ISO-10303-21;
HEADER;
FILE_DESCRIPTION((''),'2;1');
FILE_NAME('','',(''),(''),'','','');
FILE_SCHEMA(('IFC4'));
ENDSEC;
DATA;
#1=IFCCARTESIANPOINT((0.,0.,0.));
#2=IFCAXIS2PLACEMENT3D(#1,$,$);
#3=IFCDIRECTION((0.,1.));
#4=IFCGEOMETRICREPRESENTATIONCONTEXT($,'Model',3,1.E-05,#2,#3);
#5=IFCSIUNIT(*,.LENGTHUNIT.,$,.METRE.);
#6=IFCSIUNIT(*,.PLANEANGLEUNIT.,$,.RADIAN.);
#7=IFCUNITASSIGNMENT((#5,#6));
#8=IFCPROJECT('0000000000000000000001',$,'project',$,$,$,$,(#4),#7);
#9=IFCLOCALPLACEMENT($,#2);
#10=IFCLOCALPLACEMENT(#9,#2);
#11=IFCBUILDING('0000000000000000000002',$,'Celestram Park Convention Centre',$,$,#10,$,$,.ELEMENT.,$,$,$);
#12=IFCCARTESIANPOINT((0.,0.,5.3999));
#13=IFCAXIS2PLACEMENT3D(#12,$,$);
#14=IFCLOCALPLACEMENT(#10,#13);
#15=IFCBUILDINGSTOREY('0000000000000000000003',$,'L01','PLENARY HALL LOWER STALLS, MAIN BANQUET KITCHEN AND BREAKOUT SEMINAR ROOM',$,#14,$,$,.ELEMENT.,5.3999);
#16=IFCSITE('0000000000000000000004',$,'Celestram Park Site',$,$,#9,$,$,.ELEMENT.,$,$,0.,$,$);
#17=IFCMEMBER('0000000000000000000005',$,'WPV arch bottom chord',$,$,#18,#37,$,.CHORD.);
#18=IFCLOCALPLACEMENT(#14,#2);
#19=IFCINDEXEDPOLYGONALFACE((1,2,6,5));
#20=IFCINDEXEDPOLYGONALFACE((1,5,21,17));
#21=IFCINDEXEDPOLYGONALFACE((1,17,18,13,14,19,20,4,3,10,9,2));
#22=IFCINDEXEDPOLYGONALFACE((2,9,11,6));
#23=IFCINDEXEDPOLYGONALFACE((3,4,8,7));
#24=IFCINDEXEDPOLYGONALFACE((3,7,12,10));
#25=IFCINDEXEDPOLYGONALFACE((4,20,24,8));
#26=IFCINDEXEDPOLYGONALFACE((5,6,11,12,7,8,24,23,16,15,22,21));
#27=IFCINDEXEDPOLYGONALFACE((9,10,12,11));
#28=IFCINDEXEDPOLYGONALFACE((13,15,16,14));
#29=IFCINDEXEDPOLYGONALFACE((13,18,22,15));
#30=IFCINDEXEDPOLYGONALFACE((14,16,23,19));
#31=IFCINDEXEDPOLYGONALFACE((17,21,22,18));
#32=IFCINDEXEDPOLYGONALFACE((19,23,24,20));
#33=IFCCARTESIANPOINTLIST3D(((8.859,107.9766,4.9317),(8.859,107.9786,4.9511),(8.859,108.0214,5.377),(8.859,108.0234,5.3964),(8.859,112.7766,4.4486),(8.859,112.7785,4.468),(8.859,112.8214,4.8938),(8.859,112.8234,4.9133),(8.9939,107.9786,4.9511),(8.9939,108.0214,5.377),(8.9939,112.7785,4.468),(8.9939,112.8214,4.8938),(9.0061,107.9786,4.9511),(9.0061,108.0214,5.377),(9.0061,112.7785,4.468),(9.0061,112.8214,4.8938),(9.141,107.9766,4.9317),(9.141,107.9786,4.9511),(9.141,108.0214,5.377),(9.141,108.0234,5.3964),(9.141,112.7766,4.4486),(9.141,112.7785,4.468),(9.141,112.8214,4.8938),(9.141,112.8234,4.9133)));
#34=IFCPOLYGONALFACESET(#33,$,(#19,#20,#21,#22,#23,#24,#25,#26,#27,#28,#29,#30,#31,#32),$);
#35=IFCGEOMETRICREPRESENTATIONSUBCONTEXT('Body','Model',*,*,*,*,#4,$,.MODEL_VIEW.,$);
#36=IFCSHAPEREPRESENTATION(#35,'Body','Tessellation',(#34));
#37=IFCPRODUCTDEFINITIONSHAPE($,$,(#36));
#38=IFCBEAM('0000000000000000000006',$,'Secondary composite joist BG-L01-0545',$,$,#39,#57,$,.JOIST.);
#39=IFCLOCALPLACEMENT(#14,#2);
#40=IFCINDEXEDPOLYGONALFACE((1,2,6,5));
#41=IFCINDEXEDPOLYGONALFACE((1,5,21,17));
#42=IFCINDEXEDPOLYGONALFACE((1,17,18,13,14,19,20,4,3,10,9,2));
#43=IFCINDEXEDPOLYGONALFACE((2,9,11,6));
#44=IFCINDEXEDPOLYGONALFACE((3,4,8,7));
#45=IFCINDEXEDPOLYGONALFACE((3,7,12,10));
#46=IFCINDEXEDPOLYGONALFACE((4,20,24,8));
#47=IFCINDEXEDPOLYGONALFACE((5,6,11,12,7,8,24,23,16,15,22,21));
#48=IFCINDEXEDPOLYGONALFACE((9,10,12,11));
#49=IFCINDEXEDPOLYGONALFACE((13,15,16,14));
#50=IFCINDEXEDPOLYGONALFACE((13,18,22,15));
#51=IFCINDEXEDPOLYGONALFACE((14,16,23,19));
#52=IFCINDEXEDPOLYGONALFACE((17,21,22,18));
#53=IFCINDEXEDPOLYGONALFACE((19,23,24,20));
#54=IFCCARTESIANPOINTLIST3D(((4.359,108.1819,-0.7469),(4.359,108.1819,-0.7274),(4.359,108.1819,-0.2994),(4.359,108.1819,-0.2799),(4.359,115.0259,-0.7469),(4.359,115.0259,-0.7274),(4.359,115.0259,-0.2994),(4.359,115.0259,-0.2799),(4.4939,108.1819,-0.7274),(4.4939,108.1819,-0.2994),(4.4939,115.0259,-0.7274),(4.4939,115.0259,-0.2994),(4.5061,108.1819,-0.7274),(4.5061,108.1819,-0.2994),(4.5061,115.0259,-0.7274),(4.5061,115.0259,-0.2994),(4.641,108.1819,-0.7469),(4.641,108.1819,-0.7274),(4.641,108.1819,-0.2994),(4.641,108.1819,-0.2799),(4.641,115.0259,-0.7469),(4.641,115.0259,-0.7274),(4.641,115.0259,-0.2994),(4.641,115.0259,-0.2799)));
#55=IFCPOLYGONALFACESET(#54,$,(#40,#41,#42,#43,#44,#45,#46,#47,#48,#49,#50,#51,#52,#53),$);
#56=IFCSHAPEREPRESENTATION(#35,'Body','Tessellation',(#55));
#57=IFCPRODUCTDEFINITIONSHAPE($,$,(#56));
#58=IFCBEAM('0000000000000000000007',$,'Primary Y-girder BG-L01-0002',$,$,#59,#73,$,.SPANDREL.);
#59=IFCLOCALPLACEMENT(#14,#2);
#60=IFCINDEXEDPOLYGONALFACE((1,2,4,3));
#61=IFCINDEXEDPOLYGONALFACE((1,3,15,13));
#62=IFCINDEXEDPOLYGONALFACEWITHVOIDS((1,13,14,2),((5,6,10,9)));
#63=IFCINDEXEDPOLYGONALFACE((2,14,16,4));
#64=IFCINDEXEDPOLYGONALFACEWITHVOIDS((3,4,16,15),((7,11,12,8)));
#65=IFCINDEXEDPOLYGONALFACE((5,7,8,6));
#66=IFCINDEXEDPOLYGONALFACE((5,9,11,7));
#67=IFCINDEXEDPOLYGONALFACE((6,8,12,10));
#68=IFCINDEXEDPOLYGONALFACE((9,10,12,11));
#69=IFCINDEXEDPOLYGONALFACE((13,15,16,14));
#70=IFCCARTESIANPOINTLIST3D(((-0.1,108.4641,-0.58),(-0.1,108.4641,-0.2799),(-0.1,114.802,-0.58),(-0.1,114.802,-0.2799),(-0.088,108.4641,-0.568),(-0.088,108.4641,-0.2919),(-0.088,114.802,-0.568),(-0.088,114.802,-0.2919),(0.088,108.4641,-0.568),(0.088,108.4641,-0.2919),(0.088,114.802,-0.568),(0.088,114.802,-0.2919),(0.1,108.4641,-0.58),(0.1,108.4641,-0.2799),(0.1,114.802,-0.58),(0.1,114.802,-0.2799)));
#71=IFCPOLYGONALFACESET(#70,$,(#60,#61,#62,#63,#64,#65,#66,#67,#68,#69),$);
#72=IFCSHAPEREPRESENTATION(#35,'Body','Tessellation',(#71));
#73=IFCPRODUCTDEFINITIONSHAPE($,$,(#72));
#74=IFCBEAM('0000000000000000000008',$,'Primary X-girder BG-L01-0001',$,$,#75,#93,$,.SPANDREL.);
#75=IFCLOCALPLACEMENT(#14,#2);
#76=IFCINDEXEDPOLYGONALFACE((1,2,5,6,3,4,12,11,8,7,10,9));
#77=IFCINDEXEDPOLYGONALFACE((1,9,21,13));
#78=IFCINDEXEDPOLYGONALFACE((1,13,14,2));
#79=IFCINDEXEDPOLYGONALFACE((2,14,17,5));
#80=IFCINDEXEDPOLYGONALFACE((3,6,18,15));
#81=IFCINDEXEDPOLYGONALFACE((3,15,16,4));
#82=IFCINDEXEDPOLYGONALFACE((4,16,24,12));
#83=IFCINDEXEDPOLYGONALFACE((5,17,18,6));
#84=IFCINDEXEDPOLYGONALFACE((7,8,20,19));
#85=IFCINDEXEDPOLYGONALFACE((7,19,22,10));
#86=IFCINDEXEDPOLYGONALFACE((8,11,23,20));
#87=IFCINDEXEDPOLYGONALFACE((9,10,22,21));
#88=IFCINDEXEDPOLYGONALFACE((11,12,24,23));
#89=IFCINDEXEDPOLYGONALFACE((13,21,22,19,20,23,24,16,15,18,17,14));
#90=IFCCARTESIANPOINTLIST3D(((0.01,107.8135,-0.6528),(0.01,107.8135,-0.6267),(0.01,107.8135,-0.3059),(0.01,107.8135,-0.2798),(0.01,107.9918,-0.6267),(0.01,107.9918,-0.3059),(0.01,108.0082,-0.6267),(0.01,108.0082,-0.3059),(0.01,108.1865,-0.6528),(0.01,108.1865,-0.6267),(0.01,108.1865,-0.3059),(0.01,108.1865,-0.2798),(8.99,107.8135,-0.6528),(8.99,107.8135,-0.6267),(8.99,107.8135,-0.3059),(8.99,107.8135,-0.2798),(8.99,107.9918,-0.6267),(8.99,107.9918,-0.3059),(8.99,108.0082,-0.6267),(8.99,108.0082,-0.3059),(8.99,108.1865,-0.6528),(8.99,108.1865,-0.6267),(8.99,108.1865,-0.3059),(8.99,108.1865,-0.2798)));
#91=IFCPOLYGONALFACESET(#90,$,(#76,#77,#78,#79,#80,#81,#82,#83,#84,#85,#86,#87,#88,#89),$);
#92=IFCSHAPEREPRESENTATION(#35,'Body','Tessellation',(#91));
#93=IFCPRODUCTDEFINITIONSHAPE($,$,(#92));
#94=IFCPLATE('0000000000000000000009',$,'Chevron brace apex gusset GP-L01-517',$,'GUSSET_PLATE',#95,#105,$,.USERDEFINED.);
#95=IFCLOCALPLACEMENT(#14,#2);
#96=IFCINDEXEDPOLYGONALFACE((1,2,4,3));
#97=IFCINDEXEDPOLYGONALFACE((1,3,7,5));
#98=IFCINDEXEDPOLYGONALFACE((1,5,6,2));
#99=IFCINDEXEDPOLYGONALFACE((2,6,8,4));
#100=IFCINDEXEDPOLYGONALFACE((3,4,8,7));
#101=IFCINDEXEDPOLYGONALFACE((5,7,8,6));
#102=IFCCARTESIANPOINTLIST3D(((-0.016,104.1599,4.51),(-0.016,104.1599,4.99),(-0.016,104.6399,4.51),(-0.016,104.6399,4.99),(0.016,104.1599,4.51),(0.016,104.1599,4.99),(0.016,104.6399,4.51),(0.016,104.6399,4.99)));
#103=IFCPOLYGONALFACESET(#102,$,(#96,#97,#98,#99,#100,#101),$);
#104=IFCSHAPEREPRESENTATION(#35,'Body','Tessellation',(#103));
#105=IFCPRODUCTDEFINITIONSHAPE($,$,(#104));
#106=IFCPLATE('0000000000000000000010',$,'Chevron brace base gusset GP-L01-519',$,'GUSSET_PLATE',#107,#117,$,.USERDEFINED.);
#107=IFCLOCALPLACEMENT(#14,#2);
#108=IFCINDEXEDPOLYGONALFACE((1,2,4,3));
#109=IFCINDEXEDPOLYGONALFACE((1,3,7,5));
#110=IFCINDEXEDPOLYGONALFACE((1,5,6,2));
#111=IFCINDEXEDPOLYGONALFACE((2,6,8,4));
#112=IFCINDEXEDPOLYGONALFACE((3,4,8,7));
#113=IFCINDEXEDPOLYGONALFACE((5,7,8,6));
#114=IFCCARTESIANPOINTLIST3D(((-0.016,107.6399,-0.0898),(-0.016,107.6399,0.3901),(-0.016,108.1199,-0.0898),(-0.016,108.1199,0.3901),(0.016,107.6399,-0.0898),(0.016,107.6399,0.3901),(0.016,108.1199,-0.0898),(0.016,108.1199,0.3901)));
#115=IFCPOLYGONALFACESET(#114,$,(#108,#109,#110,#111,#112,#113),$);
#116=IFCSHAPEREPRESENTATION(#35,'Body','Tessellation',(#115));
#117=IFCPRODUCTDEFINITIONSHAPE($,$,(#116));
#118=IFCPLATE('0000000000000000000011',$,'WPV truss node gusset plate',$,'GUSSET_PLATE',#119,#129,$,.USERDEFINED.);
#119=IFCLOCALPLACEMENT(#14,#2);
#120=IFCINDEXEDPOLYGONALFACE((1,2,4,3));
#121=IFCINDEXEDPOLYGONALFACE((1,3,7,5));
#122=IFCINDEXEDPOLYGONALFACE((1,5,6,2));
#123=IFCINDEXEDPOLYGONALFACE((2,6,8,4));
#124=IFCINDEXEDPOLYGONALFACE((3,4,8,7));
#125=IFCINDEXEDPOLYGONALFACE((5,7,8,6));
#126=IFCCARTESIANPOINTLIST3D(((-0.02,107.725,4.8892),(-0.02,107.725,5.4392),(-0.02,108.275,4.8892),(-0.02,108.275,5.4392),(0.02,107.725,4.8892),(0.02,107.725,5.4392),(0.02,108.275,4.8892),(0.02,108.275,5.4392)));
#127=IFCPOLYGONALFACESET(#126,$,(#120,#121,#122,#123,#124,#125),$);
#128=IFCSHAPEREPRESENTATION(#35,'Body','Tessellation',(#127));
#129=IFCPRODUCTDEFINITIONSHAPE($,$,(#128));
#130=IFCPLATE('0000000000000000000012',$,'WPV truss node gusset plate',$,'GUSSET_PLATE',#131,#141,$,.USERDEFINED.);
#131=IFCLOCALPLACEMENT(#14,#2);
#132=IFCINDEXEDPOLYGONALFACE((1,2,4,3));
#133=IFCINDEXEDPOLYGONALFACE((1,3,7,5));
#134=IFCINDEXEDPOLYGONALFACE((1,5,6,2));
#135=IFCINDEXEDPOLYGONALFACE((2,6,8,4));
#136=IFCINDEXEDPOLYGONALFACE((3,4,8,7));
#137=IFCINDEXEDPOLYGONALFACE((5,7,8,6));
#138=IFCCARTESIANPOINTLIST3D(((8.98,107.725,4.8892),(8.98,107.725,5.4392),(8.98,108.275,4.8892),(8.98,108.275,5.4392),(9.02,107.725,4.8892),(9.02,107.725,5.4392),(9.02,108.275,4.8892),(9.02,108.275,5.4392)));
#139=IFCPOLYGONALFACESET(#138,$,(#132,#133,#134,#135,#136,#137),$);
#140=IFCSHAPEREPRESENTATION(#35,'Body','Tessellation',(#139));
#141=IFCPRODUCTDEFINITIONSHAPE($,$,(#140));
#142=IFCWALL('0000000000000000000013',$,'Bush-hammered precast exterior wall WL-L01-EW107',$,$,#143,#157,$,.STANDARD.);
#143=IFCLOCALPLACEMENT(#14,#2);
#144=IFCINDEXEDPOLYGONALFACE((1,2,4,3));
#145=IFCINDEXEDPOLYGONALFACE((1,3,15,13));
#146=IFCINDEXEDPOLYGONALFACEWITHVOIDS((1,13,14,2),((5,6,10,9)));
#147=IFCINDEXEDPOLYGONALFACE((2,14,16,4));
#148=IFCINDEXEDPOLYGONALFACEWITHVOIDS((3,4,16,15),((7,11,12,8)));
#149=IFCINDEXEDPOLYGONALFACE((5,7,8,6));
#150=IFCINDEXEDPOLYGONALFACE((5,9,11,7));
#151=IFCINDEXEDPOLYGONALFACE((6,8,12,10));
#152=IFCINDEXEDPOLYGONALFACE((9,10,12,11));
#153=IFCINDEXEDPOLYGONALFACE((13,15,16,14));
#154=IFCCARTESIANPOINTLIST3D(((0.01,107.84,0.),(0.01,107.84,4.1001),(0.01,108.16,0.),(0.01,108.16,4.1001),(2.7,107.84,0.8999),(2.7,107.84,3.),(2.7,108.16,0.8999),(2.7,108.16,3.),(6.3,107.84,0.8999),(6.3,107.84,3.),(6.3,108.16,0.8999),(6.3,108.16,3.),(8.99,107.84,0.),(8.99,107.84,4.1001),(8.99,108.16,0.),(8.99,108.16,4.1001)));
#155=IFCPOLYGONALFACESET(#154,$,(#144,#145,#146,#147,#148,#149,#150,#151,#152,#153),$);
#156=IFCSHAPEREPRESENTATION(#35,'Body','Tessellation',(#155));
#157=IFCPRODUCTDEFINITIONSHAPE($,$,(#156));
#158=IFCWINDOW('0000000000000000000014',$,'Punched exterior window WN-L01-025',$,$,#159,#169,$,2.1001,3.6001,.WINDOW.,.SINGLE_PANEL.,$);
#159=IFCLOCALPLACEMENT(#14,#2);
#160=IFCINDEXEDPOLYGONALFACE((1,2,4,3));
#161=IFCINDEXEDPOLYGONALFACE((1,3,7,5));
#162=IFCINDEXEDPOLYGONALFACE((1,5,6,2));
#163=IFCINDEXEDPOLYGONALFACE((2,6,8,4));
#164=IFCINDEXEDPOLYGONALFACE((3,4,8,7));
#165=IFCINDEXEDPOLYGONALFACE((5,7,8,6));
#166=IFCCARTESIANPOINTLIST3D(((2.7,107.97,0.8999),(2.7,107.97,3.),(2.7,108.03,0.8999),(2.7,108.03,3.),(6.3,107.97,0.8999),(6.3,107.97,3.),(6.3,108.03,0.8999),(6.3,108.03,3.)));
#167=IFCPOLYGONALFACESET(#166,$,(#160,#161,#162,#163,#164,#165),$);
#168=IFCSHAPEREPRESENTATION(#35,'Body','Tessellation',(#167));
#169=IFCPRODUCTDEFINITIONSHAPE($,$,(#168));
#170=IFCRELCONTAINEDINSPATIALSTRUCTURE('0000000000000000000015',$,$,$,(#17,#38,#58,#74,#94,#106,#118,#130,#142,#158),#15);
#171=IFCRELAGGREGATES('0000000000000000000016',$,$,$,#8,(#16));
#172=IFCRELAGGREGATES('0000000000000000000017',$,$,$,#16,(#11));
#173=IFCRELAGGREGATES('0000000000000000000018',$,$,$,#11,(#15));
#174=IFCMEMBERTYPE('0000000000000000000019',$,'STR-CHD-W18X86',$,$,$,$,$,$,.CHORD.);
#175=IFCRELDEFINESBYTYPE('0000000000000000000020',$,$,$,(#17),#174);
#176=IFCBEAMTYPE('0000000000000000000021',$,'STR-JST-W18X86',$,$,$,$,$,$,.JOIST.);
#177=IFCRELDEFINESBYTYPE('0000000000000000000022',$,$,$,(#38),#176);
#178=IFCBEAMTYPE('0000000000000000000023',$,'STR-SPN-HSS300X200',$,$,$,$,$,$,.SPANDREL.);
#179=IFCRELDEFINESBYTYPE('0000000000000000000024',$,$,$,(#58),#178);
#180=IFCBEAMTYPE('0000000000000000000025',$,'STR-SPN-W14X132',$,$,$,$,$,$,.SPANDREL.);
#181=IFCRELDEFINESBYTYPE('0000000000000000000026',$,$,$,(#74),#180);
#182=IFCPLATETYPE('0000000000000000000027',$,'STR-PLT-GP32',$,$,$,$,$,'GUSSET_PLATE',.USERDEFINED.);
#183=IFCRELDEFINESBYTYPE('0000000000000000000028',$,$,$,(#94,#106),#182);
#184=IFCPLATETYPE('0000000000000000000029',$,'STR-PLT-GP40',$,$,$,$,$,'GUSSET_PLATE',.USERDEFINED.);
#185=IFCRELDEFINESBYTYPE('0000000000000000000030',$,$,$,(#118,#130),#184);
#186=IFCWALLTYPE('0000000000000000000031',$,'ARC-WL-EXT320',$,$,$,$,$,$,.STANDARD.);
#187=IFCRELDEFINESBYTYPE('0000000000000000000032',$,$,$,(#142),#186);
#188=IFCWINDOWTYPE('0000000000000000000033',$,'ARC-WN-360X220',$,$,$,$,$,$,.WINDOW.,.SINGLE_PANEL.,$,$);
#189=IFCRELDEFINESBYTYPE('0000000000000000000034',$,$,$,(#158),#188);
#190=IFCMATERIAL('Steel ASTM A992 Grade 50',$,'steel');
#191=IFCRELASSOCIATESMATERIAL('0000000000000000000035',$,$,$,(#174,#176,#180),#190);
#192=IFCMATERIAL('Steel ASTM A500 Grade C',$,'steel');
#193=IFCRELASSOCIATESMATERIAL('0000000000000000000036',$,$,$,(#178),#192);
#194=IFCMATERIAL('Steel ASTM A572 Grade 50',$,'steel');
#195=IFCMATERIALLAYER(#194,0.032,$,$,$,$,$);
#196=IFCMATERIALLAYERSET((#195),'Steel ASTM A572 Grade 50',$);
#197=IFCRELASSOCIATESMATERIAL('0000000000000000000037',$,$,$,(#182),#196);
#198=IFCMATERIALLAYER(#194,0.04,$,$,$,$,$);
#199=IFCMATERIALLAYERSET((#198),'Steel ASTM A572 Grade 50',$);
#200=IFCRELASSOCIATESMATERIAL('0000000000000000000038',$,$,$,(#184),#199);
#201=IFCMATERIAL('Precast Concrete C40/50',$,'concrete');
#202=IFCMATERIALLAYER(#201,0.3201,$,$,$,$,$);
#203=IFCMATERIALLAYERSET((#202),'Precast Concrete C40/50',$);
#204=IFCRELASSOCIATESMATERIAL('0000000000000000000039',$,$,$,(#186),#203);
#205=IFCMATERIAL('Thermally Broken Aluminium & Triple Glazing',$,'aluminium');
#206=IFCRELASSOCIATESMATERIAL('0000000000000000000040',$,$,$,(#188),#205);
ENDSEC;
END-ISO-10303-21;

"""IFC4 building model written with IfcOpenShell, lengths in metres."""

from ifc_helpers import new_model, si_unit, direction, frame, frame_2d, origin, origin_2d, place, context, subcontext, project, spatial, rectangle, hollow_rectangle, i_section, extrude, material, layer, layer_set, material_profile, profile_set, type_object, element, fill, save


model = new_model("IFC4")

# Units and contexts
model_context = context("Model", 3, precision=1e-05, world=origin(), true_north=direction((0.0, 1.0)))
body_context = subcontext(model_context, "Body", "Model", "MODEL_VIEW")
ifc_project = project(units=[si_unit("LENGTHUNIT", "METRE"), si_unit("PLANEANGLEUNIT", "RADIAN")], contexts=[model_context])

# Site, building, storey
site_placement = place(None, origin())
site = spatial("IfcSite", under=ifc_project, at=site_placement, Name="Celestram Park Site", CompositionType="ELEMENT", RefElevation=0.0)
building_placement = place(site_placement, origin())
building = spatial("IfcBuilding", under=site, at=building_placement, Name="Celestram Park Convention Centre", CompositionType="ELEMENT")
storey_placement = place(building_placement, frame((0.0, 0.0, 5.3999)))
storey = spatial("IfcBuildingStorey", under=building, at=storey_placement, Name="L01", Description="PLENARY HALL LOWER STALLS, MAIN BANQUET KITCHEN AND BREAKOUT SEMINAR ROOM", CompositionType="ELEMENT", Elevation=5.3999)

# Shared definitions
ifc_material_1 = material(Name="Steel ASTM A992 Grade 50", Category="steel")

# Member
ifc_material_2 = material(Name="Steel ASTM A500 Grade C", Category="steel")
ifc_material_profile_1 = material_profile(ifc_material_1, i_section(OverallWidth=0.282, OverallDepth=0.467, WebThickness=0.0122, FlangeThickness=0.0195, at=origin_2d()), Name="W18X86")
ifc_profile_set_1 = profile_set([ifc_material_profile_1], Name="Steel ASTM A992 Grade 50")
member_type_1 = type_object("IfcMemberType", Name="STR-CHD-W18X86", PredefinedType="CHORD", material=ifc_profile_set_1)
for number, where, z_axis, x_axis, name in (
    (1, (9.0, 108.0, 5.1641), (0.0, 0.994972, -0.10015), (-1.0, 0.0, 0.0), "WPV arch bottom chord"),
):
    element("IfcMember", number, at=place(storey_placement, frame(where, z_axis=z_axis, x_axis=x_axis)), inside=storey, type_object=member_type_1, Name=name, PredefinedType="CHORD", context=body_context, shape_type="SweptSolid", body=[
        extrude(i_section(OverallWidth=0.282, OverallDepth=0.467, WebThickness=0.0122, FlangeThickness=0.0195, at=origin_2d()), origin(), (0.0, 0.0, 1.0), 4.8242),
    ])

# Beams
ifc_material_profile_2 = material_profile(ifc_material_1, i_section(OverallWidth=0.282, OverallDepth=0.467, WebThickness=0.0122, FlangeThickness=0.0195, at=origin_2d()), Name="W18X86")
ifc_profile_set_2 = profile_set([ifc_material_profile_2], Name="Steel ASTM A992 Grade 50")
beam_type_1 = type_object("IfcBeamType", Name="STR-JST-W18X86", PredefinedType="JOIST", material=ifc_profile_set_2)
beam_1_placement = place(storey_placement, frame((4.5, 108.1819, -0.5134), z_axis=(0.0, 1.0, 0.0), x_axis=(-1.0, 0.0, 0.0)))
element("IfcBeam", 2, at=beam_1_placement, inside=storey, type_object=beam_type_1, Name="Secondary composite joist BG-L01-0545", PredefinedType="JOIST", context=body_context, shape_type="SweptSolid", body=[
    extrude(i_section(OverallWidth=0.282, OverallDepth=0.467, WebThickness=0.0122, FlangeThickness=0.0195, at=origin_2d()), origin(), (0.0, 0.0, 1.0), 6.844),
])
ifc_material_profile_3 = material_profile(ifc_material_2, hollow_rectangle(XDim=0.2, YDim=0.3, WallThickness=0.012, at=origin_2d()), Name="HSS300X200X12")
ifc_profile_set_3 = profile_set([ifc_material_profile_3], Name="Steel ASTM A500 Grade C")
beam_type_2 = type_object("IfcBeamType", Name="STR-SPN-HSS300X200", PredefinedType="SPANDREL", material=ifc_profile_set_3)
beam_2_placement = place(storey_placement, frame((0.0, 108.4641, -0.4299), z_axis=(0.0, 1.0, 0.0), x_axis=(-1.0, 0.0, 0.0)))
element("IfcBeam", 3, at=beam_2_placement, inside=storey, type_object=beam_type_2, Name="Primary Y-girder BG-L01-0002", PredefinedType="SPANDREL", context=body_context, shape_type="SweptSolid", body=[
    extrude(hollow_rectangle(XDim=0.2, YDim=0.3, WallThickness=0.012, at=origin_2d()), origin(), (0.0, 0.0, 1.0), 6.3379),
])
ifc_material_profile_4 = material_profile(ifc_material_1, i_section(OverallWidth=0.373, OverallDepth=0.373, WebThickness=0.0164, FlangeThickness=0.0261, at=origin_2d()), Name="W14X132")
ifc_profile_set_4 = profile_set([ifc_material_profile_4], Name="Steel ASTM A992 Grade 50")
beam_type_3 = type_object("IfcBeamType", Name="STR-SPN-W14X132", PredefinedType="SPANDREL", material=ifc_profile_set_4)
beam_3_placement = place(storey_placement, frame((0.01, 108.0, -0.4663), z_axis=(1.0, 0.0, 0.0), x_axis=(0.0, 1.0, 0.0)))
element("IfcBeam", 4, at=beam_3_placement, inside=storey, type_object=beam_type_3, Name="Primary X-girder BG-L01-0001", PredefinedType="SPANDREL", context=body_context, shape_type="SweptSolid", body=[
    extrude(i_section(OverallWidth=0.373, OverallDepth=0.373, WebThickness=0.0164, FlangeThickness=0.0261, at=origin_2d()), origin(), (0.0, 0.0, 1.0), 8.98),
])

# Plates
ifc_material_3 = material(Name="Steel ASTM A572 Grade 50", Category="steel")
ifc_layer_1 = layer(ifc_material_3, 0.032)
ifc_layer_set_1 = layer_set([ifc_layer_1], Name="Steel ASTM A572 Grade 50")
plate_type_1 = type_object("IfcPlateType", Name="STR-PLT-GP32", ElementType="GUSSET_PLATE", PredefinedType="USERDEFINED", material=ifc_layer_set_1)
for number, where, z_axis, x_axis, name in (
    (5, (0.0, 104.3999, 4.51), (0.0, 0.0, 1.0), (0.0, 1.0, 0.0), "Chevron brace apex gusset GP-L01-517"),
    (6, (0.0, 107.8799, -0.0898), (0.0, 0.0, 1.0), (0.0, 1.0, 0.0), "Chevron brace base gusset GP-L01-519"),
):
    element("IfcPlate", number, at=place(storey_placement, frame(where, z_axis=z_axis, x_axis=x_axis)), inside=storey, type_object=plate_type_1, Name=name, ObjectType="GUSSET_PLATE", PredefinedType="USERDEFINED", context=body_context, shape_type="SweptSolid", body=[
        extrude(rectangle(XDim=0.48, YDim=0.032, at=origin_2d()), origin(), (0.0, 0.0, 1.0), 0.48),
    ])
ifc_layer_2 = layer(ifc_material_3, 0.04)
ifc_layer_set_2 = layer_set([ifc_layer_2], Name="Steel ASTM A572 Grade 50")
plate_type_2 = type_object("IfcPlateType", Name="STR-PLT-GP40", ElementType="GUSSET_PLATE", PredefinedType="USERDEFINED", material=ifc_layer_set_2)
for number, where, z_axis, x_axis, name in (
    (7, (0.0, 108.0, 4.8892), (0.0, 0.0, 1.0), (0.0, 1.0, 0.0), "WPV truss node gusset plate"),
    (8, (9.0, 108.0, 4.8892), (0.0, 0.0, 1.0), (0.0, 1.0, 0.0), "WPV truss node gusset plate"),
):
    element("IfcPlate", number, at=place(storey_placement, frame(where, z_axis=z_axis, x_axis=x_axis)), inside=storey, type_object=plate_type_2, Name=name, ObjectType="GUSSET_PLATE", PredefinedType="USERDEFINED", context=body_context, shape_type="SweptSolid", body=[
        extrude(rectangle(XDim=0.55, YDim=0.04, at=origin_2d()), origin(), (0.0, 0.0, 1.0), 0.55),
    ])

# Wall, opening, window
ifc_material_4 = material(Name="Precast Concrete C40/50", Category="concrete")
ifc_layer_3 = layer(ifc_material_4, 0.3201)
ifc_layer_set_3 = layer_set([ifc_layer_3], Name="Precast Concrete C40/50")
wall_type = type_object("IfcWallType", Name="ARC-WL-EXT320", PredefinedType="STANDARD", material=ifc_layer_set_3)
wall_1_placement = place(storey_placement, frame((8.99, 108.0, 0.0), z_axis=(0.0, 0.0, 1.0), x_axis=(-1.0, 0.0, 0.0)))
wall_1 = element("IfcWall", 9, at=wall_1_placement, inside=storey, type_object=wall_type, Name="Bush-hammered precast exterior wall WL-L01-EW107", PredefinedType="STANDARD", context=body_context, shape_type="SweptSolid", body=[
    extrude(rectangle(XDim=8.98, YDim=0.3201, at=frame_2d((4.49, 0.0))), origin(), (0.0, 0.0, 1.0), 4.1001),
])
opening_placement = place(wall_1_placement, frame((2.6899, 0.0, 0.8999)))
opening = element("IfcOpeningElement", 10, at=opening_placement, cuts=wall_1, PredefinedType="OPENING", context=body_context, shape_type="SweptSolid", body=[
    extrude(rectangle(XDim=3.6001, YDim=2.1001, at=frame_2d((1.8, 1.05))), frame((0.0, 0.1699, 0.0), z_axis=(0.0, -1.0, 0.0), x_axis=(1.0, 0.0, 0.0)), (0.0, 0.0, 1.0), 0.3401),
])
ifc_material_5 = material(Name="Thermally Broken Aluminium & Triple Glazing", Category="aluminium")
window_type = type_object("IfcWindowType", Name="ARC-WN-360X220", PartitioningType="SINGLE_PANEL", PredefinedType="WINDOW", material=ifc_material_5)
window_placement = place(opening_placement, origin())
window = element("IfcWindow", 11, at=window_placement, inside=storey, type_object=window_type, Name="Punched exterior window WN-L01-025", OverallHeight=2.1001, OverallWidth=3.6001, PartitioningType="SINGLE_PANEL", PredefinedType="WINDOW", context=body_context, shape_type="SweptSolid", body=[
    extrude(rectangle(XDim=3.6001, YDim=2.1001, at=frame_2d((1.8, 1.05))), frame((0.0, 0.03, 0.0), z_axis=(0.0, -1.0, 0.0), x_axis=(1.0, 0.0, 0.0)), (0.0, 0.0, 1.0), 0.0601),
])
fill(opening, window)

save(model, "model.ifc")
